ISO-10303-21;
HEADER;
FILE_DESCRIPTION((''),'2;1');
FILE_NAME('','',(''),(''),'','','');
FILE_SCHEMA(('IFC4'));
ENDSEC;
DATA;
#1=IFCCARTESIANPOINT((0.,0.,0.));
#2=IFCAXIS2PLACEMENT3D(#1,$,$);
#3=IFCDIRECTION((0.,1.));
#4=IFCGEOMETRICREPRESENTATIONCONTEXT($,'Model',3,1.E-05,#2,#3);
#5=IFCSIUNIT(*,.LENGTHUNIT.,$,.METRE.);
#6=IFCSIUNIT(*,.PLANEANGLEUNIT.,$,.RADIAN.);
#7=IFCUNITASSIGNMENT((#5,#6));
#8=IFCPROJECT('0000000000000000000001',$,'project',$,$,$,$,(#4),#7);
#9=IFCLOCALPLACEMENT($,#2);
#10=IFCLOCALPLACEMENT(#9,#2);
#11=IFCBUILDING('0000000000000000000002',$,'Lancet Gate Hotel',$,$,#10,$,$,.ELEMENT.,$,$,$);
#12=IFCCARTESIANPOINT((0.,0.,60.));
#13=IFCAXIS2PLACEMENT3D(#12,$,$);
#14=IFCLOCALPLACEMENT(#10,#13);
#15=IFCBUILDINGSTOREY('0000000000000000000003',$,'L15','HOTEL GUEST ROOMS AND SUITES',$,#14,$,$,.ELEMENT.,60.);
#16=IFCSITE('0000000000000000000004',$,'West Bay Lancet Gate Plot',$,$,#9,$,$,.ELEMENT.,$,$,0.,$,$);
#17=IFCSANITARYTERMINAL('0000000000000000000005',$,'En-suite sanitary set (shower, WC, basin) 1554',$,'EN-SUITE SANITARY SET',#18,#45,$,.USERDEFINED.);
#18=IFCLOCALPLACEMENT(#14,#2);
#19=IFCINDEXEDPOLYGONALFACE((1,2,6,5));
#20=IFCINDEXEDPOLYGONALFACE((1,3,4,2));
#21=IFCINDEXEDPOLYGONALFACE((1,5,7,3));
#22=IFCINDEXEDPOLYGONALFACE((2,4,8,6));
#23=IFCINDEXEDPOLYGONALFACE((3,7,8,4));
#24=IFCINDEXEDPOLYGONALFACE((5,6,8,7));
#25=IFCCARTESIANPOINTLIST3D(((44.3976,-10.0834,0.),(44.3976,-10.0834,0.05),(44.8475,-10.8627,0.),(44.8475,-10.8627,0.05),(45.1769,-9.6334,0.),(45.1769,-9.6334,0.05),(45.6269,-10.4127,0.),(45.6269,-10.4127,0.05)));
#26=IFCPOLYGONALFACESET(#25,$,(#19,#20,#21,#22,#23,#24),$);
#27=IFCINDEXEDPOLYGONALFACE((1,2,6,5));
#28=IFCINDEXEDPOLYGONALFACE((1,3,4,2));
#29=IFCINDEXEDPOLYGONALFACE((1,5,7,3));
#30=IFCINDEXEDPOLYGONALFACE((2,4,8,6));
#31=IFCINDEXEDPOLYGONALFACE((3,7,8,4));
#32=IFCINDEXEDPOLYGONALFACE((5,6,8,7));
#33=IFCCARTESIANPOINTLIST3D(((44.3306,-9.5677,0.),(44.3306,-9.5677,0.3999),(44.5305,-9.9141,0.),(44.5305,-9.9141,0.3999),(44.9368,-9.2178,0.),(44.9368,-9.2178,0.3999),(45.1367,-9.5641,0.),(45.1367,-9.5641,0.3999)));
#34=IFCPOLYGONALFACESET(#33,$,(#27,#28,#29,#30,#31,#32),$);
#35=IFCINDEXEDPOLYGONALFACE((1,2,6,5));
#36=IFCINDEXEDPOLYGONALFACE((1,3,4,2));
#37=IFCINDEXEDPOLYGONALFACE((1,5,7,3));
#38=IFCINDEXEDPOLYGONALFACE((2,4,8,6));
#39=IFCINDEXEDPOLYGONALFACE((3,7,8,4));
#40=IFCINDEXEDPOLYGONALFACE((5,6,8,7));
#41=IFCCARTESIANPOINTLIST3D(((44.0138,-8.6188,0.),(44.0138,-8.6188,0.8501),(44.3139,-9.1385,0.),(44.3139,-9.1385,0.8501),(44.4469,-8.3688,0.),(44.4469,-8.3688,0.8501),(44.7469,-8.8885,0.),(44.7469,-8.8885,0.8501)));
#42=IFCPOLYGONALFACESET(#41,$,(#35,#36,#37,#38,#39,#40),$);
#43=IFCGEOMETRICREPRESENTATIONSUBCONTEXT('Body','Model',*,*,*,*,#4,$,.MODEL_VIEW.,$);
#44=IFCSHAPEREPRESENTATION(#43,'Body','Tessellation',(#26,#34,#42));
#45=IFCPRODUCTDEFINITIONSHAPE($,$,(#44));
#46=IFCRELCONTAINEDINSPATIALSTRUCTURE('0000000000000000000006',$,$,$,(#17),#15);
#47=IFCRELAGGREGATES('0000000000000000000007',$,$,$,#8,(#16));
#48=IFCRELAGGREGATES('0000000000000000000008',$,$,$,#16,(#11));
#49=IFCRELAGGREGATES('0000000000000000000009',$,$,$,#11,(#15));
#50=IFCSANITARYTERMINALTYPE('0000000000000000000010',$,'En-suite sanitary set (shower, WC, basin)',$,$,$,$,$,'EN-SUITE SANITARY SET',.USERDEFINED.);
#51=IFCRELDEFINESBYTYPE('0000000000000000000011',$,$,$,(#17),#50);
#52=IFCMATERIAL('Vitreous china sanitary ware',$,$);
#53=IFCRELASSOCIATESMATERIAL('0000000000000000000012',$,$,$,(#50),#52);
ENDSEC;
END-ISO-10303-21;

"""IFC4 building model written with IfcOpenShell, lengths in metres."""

from ifc_helpers import new_model, si_unit, direction, frame, origin, origin_2d, place, context, subcontext, project, spatial, rectangle, extrude, material, type_object, element, save


model = new_model("IFC4")

# Units and contexts
model_context = context("Model", 3, precision=1e-05, world=origin(), true_north=direction((0.0, 1.0)))
body_context = subcontext(model_context, "Body", "Model", "MODEL_VIEW")
ifc_project = project(units=[si_unit("LENGTHUNIT", "METRE"), si_unit("PLANEANGLEUNIT", "RADIAN")], contexts=[model_context])

# Site, building, storey
site_placement = place(None, origin())
site = spatial("IfcSite", under=ifc_project, at=site_placement, Name="West Bay Lancet Gate Plot", CompositionType="ELEMENT", RefElevation=0.0)
building_placement = place(site_placement, origin())
building = spatial("IfcBuilding", under=site, at=building_placement, Name="Lancet Gate Hotel", CompositionType="ELEMENT")
storey_placement = place(building_placement, frame((0.0, 0.0, 60.0)))
storey = spatial("IfcBuildingStorey", under=building, at=storey_placement, Name="L15", Description="HOTEL GUEST ROOMS AND SUITES", CompositionType="ELEMENT", Elevation=60.0)

# Sanitary terminal
ifc_material_1 = material(Name="Vitreous china sanitary ware")
sanitary_terminal_type = type_object("IfcSanitaryTerminalType", Name="En-suite sanitary set (shower, WC, basin)", ElementType="EN-SUITE SANITARY SET", PredefinedType="USERDEFINED", material=ifc_material_1)
sanitary_terminal_placement = place(storey_placement, frame((45.0122, -10.248, 0.0), z_axis=(0.0, 0.0, 1.0), x_axis=(1.0, 0.0, 0.0)))
element("IfcSanitaryTerminal", 1, at=sanitary_terminal_placement, inside=storey, type_object=sanitary_terminal_type, Name="En-suite sanitary set (shower, WC, basin) 1554", ObjectType="EN-SUITE SANITARY SET", PredefinedType="USERDEFINED", context=body_context, shape_type="SweptSolid", body=[
    extrude(rectangle(XDim=0.8999, YDim=0.8999, at=origin_2d()), frame((0.0, 0.0, 0.0), z_axis=(0.0, 0.0, 1.0), x_axis=(0.5, -0.866025, 0.0)), (0.0, 0.0, 1.0), 0.05),
    extrude(rectangle(XDim=0.3999, YDim=0.7, at=origin_2d()), frame((-0.2786, 0.6821, 0.0), z_axis=(0.0, 0.0, 1.0), x_axis=(0.5, -0.866025, 0.0)), (0.0, 0.0, 1.0), 0.3999),
    extrude(rectangle(XDim=0.6001, YDim=0.5, at=origin_2d()), frame((-0.6318, 1.4944, 0.0), z_axis=(0.0, 0.0, 1.0), x_axis=(0.5, -0.866025, 0.0)), (0.0, 0.0, 1.0), 0.8501),
])

save(model, "model.ifc")
